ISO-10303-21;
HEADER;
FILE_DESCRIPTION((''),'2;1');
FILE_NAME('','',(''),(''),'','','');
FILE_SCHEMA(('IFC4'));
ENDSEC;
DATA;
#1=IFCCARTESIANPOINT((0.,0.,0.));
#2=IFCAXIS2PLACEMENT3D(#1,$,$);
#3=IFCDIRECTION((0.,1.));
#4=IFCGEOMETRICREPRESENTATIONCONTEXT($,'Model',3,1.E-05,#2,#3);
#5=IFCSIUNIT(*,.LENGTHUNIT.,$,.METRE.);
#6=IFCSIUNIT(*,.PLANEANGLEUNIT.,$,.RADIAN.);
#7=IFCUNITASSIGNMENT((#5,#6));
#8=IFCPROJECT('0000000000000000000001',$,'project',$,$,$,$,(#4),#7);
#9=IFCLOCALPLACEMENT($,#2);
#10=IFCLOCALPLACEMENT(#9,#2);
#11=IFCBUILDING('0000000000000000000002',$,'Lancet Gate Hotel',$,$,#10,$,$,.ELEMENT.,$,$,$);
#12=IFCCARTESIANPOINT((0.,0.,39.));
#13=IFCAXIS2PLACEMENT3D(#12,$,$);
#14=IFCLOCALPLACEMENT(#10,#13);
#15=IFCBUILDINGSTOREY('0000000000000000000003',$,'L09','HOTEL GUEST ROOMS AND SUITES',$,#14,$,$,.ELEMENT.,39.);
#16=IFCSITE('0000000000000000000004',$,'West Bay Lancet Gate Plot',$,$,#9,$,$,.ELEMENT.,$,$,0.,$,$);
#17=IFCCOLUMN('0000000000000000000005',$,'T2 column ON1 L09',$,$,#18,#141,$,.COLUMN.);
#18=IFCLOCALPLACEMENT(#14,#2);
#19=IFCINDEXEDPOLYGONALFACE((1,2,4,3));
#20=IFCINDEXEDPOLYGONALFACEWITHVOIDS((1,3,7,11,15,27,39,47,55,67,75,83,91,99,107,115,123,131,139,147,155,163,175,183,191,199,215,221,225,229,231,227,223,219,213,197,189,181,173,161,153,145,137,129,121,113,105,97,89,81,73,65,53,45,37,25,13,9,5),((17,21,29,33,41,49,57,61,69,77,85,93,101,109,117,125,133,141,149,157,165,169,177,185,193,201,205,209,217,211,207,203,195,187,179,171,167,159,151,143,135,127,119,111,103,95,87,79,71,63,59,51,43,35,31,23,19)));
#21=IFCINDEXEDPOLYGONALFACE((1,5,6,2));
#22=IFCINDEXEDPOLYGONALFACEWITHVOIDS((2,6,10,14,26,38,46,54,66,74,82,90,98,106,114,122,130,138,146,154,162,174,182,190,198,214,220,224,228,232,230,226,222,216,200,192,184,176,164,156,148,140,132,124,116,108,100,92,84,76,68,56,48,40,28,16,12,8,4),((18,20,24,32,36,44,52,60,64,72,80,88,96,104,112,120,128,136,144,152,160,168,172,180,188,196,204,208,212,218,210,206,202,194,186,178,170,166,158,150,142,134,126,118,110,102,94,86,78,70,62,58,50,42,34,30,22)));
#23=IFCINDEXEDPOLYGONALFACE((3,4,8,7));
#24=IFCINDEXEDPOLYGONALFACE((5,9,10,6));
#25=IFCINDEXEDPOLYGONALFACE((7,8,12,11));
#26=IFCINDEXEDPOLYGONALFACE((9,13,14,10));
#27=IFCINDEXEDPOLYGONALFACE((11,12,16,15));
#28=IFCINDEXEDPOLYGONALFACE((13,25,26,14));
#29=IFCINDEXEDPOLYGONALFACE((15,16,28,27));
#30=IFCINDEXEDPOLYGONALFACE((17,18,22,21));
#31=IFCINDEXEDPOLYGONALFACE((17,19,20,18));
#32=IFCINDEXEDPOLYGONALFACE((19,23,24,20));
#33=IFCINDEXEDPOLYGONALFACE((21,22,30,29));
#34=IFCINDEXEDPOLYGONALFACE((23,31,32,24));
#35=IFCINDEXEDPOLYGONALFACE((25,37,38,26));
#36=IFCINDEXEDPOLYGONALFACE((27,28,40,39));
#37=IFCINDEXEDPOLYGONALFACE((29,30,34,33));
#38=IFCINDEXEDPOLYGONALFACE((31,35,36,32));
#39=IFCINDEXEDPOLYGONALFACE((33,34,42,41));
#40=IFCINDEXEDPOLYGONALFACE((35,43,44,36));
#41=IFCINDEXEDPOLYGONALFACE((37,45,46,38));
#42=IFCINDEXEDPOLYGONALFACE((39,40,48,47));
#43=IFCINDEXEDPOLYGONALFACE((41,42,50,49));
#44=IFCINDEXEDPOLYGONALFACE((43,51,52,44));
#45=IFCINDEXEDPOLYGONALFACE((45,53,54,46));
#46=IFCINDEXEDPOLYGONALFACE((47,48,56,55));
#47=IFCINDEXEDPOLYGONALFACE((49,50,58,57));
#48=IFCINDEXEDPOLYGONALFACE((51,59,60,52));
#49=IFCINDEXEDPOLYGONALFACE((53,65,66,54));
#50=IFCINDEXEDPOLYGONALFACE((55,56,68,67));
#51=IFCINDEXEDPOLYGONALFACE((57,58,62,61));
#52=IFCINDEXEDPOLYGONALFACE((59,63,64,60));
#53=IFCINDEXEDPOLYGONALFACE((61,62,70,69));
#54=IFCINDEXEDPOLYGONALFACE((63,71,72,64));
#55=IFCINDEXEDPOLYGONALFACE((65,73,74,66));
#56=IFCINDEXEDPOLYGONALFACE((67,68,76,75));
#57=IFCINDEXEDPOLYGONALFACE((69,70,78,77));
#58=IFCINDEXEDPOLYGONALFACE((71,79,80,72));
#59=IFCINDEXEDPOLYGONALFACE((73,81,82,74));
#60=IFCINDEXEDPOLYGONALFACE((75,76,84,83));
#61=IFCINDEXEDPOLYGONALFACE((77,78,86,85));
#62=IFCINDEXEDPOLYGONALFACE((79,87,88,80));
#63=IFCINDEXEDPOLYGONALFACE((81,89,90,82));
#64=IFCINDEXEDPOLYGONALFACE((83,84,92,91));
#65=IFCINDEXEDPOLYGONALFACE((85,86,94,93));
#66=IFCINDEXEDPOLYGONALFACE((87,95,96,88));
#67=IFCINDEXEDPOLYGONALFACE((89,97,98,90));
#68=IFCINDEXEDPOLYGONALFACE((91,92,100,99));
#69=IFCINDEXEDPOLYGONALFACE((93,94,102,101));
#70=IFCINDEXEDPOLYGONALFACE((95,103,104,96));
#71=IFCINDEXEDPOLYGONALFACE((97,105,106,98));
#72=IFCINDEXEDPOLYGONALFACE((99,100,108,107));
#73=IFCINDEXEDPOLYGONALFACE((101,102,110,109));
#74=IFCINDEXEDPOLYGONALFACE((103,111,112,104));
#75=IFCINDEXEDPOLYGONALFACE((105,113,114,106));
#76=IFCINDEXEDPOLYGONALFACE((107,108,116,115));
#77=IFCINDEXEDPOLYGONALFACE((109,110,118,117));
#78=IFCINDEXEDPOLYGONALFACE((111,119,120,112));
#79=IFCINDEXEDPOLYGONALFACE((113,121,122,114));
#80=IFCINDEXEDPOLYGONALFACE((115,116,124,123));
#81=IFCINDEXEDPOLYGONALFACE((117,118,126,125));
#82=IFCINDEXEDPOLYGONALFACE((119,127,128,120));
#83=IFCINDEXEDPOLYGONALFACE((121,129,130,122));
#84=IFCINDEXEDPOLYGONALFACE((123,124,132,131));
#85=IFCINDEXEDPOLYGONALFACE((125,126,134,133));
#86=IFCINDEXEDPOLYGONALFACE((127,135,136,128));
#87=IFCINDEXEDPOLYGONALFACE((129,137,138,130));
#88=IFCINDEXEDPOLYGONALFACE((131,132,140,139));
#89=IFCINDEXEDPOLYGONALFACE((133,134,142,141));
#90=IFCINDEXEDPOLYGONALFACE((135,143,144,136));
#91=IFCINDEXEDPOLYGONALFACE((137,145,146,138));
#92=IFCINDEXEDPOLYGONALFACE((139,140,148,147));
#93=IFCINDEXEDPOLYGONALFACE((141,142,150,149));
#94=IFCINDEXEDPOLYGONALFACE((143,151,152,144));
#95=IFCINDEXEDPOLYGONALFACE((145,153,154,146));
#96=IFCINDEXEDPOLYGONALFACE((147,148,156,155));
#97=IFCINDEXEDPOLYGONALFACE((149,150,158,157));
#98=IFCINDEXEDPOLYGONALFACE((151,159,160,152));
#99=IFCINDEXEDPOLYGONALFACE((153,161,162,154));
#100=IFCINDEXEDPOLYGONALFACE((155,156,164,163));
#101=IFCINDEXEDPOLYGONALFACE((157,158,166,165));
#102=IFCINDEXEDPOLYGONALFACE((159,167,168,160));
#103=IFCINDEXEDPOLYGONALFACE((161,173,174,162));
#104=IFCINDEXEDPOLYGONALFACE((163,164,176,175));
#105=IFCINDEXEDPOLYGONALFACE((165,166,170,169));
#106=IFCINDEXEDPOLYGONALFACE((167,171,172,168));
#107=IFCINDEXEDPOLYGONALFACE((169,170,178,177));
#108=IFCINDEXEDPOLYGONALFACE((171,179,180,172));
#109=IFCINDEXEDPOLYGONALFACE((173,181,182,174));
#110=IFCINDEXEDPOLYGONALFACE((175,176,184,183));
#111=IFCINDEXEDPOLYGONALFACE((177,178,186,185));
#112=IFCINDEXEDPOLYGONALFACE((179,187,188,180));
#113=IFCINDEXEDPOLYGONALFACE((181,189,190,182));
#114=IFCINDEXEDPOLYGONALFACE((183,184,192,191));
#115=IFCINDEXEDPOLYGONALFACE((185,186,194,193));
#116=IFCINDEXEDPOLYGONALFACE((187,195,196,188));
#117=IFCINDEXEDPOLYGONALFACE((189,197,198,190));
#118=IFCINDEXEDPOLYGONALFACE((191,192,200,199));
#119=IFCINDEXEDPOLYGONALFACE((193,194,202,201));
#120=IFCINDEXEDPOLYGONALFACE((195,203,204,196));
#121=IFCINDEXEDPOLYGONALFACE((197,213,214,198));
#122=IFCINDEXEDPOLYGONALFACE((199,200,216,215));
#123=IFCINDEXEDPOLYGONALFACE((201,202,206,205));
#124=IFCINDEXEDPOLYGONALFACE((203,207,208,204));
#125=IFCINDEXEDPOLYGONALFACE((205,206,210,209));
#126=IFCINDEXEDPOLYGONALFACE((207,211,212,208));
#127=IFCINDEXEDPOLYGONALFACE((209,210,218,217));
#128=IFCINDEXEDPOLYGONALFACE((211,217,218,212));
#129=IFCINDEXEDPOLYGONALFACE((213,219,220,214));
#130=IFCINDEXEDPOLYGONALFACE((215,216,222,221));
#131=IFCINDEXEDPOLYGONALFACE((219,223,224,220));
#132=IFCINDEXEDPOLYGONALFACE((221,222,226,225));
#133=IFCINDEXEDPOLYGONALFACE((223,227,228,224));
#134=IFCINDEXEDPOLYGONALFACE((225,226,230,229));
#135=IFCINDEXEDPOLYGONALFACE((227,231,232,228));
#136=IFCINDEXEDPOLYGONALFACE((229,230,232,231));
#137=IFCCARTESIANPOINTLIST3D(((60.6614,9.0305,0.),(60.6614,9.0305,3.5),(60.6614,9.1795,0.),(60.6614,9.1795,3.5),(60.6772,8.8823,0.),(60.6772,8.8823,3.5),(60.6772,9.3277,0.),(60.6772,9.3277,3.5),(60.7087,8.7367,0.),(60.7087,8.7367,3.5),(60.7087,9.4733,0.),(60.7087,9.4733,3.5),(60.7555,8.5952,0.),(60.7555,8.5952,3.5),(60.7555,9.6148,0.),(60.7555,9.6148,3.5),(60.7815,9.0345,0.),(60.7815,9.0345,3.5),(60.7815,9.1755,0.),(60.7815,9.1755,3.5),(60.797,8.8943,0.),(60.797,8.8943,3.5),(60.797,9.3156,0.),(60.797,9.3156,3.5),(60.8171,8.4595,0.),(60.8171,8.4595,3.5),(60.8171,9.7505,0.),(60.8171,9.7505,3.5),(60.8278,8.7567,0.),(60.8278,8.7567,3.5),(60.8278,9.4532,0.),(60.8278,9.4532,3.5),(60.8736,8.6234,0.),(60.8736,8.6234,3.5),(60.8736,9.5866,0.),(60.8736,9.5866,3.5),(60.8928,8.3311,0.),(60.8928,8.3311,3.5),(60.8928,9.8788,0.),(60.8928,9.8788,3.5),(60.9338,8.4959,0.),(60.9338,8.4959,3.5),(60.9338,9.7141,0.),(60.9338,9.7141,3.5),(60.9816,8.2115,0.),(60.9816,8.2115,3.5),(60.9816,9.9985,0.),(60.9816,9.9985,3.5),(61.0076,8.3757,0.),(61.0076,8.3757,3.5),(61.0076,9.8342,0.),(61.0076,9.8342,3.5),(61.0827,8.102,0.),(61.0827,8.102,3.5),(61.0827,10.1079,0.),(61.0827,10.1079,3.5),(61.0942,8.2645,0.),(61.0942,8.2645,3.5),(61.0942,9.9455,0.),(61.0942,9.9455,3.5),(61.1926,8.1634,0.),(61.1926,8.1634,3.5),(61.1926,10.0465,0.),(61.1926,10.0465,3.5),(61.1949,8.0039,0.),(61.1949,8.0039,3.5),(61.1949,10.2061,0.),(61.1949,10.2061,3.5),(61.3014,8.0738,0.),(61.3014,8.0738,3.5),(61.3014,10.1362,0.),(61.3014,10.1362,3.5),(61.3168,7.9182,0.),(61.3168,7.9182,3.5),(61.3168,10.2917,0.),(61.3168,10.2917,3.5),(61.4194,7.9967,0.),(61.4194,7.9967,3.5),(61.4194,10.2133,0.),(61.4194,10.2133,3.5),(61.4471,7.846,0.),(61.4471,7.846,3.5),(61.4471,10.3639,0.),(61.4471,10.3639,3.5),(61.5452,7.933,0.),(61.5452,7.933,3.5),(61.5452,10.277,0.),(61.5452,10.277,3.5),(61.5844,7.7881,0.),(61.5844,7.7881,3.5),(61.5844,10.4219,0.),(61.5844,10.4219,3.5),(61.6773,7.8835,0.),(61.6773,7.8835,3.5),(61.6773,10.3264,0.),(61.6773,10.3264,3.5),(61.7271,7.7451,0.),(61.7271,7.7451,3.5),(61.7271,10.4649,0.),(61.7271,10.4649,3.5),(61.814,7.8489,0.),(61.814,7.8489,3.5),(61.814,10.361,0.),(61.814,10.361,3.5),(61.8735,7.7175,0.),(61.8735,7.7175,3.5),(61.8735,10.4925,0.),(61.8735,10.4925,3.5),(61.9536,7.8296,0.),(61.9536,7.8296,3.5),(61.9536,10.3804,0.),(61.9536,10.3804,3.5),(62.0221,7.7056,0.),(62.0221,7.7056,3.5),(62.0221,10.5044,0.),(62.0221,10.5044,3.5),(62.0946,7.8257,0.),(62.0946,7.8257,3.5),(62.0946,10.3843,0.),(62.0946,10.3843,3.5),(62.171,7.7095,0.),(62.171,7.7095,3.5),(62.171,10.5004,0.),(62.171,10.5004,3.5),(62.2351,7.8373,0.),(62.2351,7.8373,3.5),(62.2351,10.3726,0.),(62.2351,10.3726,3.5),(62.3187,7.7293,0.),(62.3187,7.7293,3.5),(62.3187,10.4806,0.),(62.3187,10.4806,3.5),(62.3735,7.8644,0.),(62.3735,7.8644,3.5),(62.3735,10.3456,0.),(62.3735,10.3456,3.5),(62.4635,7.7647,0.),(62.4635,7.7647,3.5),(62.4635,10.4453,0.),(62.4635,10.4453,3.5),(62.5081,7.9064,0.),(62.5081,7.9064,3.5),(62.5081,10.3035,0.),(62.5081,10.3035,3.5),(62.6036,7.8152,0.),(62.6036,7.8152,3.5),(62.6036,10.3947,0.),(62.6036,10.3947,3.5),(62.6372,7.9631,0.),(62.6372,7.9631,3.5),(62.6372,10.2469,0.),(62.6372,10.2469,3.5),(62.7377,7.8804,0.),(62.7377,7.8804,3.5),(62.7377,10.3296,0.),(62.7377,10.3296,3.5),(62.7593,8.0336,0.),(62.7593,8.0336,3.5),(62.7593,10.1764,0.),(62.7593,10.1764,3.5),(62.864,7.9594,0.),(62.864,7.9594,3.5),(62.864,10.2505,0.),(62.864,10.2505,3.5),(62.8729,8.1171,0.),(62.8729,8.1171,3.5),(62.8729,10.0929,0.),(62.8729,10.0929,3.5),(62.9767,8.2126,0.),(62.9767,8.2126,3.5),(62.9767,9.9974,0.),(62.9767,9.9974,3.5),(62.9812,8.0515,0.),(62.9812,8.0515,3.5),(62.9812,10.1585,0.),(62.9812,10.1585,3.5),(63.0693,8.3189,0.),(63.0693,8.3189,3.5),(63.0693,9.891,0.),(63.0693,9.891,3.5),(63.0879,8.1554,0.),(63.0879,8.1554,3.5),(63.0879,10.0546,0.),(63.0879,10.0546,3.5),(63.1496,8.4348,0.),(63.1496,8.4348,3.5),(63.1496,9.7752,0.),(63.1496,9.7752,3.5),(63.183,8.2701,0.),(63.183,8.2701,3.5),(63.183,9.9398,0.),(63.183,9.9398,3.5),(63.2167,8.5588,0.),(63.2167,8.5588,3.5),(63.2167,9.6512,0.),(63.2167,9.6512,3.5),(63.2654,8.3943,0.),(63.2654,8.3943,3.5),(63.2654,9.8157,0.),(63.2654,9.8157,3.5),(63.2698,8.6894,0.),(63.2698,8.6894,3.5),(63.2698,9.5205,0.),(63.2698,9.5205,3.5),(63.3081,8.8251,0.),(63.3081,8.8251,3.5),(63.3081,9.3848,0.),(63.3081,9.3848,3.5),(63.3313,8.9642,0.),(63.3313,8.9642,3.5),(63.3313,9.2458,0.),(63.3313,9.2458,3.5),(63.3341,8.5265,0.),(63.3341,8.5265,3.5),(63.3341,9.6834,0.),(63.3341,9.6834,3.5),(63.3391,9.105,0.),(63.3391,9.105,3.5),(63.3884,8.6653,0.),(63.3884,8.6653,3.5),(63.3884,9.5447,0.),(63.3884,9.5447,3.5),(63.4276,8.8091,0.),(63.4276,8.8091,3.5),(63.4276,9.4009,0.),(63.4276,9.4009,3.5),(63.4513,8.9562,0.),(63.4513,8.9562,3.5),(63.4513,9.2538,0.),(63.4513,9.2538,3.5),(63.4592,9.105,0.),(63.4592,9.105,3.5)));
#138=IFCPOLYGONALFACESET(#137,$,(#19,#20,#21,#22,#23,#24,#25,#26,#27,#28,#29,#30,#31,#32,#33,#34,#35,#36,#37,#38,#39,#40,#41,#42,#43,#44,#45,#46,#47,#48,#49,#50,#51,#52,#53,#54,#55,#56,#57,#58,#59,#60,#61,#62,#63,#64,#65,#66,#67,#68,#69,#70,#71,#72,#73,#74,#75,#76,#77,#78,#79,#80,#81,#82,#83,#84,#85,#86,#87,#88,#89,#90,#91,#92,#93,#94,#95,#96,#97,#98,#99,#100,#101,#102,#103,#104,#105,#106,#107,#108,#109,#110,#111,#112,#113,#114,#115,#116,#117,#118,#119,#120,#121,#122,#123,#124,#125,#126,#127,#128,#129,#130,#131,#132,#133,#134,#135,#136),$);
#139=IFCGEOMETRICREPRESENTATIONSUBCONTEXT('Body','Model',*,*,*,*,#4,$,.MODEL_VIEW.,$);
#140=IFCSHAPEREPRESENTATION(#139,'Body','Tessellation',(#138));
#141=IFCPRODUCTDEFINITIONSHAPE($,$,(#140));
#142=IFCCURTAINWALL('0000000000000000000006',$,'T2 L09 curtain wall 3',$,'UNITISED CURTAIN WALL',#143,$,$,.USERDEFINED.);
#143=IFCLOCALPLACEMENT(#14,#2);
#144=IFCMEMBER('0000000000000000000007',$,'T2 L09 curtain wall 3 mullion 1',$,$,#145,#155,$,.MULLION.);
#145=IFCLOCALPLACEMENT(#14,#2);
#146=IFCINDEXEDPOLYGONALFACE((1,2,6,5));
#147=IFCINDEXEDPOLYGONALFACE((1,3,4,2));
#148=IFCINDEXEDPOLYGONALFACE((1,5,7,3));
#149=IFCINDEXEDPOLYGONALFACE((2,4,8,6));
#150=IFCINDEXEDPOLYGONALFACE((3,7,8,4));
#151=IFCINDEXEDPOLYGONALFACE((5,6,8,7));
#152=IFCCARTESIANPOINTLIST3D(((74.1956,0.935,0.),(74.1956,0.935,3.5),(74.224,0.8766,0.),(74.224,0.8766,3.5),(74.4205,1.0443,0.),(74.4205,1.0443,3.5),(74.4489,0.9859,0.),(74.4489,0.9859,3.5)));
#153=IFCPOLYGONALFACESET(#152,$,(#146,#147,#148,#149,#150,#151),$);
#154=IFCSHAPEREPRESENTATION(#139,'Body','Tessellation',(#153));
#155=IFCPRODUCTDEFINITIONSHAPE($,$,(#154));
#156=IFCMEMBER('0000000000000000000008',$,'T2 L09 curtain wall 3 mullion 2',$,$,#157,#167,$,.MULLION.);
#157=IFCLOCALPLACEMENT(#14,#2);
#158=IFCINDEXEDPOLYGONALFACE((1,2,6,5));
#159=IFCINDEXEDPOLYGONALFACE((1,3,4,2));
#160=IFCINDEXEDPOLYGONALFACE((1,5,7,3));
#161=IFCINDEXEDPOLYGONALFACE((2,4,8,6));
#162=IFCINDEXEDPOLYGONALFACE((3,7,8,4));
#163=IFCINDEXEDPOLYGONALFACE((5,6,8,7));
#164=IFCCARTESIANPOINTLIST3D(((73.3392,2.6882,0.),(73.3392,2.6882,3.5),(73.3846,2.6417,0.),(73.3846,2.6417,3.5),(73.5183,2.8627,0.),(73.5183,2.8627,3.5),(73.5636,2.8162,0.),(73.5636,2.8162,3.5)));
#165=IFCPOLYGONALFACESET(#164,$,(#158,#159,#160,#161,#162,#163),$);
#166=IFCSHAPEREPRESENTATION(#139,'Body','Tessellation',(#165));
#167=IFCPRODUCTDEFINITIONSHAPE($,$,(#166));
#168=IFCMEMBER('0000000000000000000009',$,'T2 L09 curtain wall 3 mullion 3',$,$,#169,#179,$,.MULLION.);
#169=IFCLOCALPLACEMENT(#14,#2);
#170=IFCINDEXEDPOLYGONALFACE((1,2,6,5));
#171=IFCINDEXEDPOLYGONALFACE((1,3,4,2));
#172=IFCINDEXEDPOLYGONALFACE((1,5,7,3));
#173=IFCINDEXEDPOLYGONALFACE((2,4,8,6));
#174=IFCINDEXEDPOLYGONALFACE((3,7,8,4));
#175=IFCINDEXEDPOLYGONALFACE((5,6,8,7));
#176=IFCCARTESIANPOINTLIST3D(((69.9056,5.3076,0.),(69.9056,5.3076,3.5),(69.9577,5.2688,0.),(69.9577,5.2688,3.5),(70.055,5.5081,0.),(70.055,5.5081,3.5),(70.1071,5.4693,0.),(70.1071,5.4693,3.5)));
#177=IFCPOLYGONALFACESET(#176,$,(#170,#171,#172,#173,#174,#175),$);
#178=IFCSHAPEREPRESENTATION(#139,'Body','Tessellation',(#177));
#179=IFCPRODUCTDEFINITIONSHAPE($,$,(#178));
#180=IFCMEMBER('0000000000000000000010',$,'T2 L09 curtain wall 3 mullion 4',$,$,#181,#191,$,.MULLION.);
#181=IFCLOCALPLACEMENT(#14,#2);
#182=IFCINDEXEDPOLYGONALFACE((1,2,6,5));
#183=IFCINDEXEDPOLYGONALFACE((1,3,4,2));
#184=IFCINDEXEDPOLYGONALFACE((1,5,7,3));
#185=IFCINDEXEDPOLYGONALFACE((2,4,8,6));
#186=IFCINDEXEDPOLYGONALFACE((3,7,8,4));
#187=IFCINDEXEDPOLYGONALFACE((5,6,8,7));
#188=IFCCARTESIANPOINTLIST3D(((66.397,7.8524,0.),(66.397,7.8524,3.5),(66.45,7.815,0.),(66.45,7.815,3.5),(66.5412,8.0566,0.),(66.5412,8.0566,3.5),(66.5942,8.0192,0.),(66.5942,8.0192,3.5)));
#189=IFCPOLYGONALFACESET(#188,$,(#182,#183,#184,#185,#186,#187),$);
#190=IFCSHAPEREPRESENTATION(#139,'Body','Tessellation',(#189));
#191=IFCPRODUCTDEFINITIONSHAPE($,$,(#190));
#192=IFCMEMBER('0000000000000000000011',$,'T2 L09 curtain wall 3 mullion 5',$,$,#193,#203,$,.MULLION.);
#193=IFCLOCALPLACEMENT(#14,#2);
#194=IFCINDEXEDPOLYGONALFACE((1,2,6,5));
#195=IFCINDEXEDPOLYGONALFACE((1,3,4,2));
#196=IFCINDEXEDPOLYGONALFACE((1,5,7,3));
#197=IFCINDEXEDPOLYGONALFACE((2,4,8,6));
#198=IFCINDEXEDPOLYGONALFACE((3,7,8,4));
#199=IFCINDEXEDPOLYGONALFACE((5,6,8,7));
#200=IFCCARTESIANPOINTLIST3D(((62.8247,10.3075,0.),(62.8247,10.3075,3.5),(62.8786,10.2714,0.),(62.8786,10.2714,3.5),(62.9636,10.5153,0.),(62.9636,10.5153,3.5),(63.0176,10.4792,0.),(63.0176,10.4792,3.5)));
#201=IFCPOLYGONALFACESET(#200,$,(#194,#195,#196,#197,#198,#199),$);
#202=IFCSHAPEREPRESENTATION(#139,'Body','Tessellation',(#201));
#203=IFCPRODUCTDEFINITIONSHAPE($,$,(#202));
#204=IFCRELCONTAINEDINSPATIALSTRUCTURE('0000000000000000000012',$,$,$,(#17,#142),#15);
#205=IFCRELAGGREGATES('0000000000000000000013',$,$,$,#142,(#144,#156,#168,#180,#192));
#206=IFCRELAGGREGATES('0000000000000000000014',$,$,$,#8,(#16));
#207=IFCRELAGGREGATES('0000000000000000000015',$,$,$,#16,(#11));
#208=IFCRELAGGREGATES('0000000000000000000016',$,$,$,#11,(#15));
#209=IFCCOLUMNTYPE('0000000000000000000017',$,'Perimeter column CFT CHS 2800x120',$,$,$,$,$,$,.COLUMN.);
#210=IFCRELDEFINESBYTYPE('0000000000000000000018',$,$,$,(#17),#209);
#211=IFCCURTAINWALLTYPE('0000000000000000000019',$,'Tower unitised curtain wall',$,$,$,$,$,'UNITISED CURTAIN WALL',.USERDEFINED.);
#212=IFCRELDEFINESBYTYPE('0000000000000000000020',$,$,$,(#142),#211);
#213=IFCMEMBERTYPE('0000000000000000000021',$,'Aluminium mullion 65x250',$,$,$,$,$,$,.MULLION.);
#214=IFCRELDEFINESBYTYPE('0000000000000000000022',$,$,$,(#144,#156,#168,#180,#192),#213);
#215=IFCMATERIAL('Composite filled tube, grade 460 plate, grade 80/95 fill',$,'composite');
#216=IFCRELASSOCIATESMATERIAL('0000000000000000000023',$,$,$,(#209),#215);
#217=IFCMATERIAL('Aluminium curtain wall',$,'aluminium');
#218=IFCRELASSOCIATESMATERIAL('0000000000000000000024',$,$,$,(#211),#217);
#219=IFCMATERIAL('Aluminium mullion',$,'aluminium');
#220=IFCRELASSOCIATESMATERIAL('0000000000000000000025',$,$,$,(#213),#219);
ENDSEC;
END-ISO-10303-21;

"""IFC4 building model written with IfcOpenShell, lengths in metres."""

from ifc_helpers import new_model, si_unit, direction, frame, origin, origin_2d, place, context, subcontext, project, spatial, rectangle, hollow_circle, extrude, material, material_profile, profile_set, type_object, element, aggregate, save


model = new_model("IFC4")

# Units and contexts
model_context = context("Model", 3, precision=1e-05, world=origin(), true_north=direction((0.0, 1.0)))
body_context = subcontext(model_context, "Body", "Model", "MODEL_VIEW")
ifc_project = project(units=[si_unit("LENGTHUNIT", "METRE"), si_unit("PLANEANGLEUNIT", "RADIAN")], contexts=[model_context])

# Site, building, storey
site_placement = place(None, origin())
site = spatial("IfcSite", under=ifc_project, at=site_placement, Name="West Bay Lancet Gate Plot", CompositionType="ELEMENT", RefElevation=0.0)
building_placement = place(site_placement, origin())
building = spatial("IfcBuilding", under=site, at=building_placement, Name="Lancet Gate Hotel", CompositionType="ELEMENT")
storey_placement = place(building_placement, frame((0.0, 0.0, 39.0)))
storey = spatial("IfcBuildingStorey", under=building, at=storey_placement, Name="L09", Description="HOTEL GUEST ROOMS AND SUITES", CompositionType="ELEMENT", Elevation=39.0)

# Column
ifc_material_1 = material(Name="Composite filled tube, grade 460 plate, grade 80/95 fill", Category="composite")
ifc_material_profile_1 = material_profile(ifc_material_1, hollow_circle(Radius=1.3999, WallThickness=0.1201, at=origin_2d()), Name="CHS 2800x120")
ifc_profile_set_1 = profile_set([ifc_material_profile_1], Name="Composite filled tube, grade 460 plate, grade 80/95 fill")
column_type_1 = type_object("IfcColumnType", Name="Perimeter column CFT CHS 2800x120", PredefinedType="COLUMN", material=ifc_profile_set_1)
column_1_placement = place(storey_placement, frame((62.0593, 9.105, 0.0), z_axis=(0.0, 0.0, 1.0), x_axis=(1.0, 0.0, 0.0)))
element("IfcColumn", 1, at=column_1_placement, inside=storey, type_object=column_type_1, Name="T2 column ON1 L09", PredefinedType="COLUMN", context=body_context, shape_type="SweptSolid", body=[
    extrude(hollow_circle(Radius=1.3999, WallThickness=0.1201, at=origin_2d()), origin(), (0.0, 0.0, 1.0), 3.5),
])

# Curtain wall, members
ifc_material_2 = material(Name="Aluminium curtain wall", Category="aluminium")
curtain_wall_type = type_object("IfcCurtainWallType", Name="Tower unitised curtain wall", ElementType="UNITISED CURTAIN WALL", PredefinedType="USERDEFINED", material=ifc_material_2)
curtain_wall_placement = place(storey_placement, origin())
curtain_wall = element("IfcCurtainWall", 2, at=curtain_wall_placement, inside=storey, type_object=curtain_wall_type, Name="T2 L09 curtain wall 3", ObjectType="UNITISED CURTAIN WALL", PredefinedType="USERDEFINED")
ifc_material_3 = material(Name="Aluminium mullion", Category="aluminium")
ifc_material_profile_2 = material_profile(ifc_material_3, rectangle(XDim=0.0649, YDim=0.25, at=origin_2d()), Name="MULLION 65x250")
ifc_profile_set_2 = profile_set([ifc_material_profile_2], Name="Aluminium mullion")
member_type_1 = type_object("IfcMemberType", Name="Aluminium mullion 65x250", PredefinedType="MULLION", material=ifc_profile_set_2)
member_1_placement = place(storey_placement, frame((74.3223, 0.9604, 0.0), z_axis=(0.0, 0.0, 1.0), x_axis=(-0.437169, 0.899379, 0.0)))
member_1 = element("IfcMember", 3, at=member_1_placement, type_object=member_type_1, Name="T2 L09 curtain wall 3 mullion 1", PredefinedType="MULLION", context=body_context, shape_type="SweptSolid", body=[
    extrude(rectangle(XDim=0.0649, YDim=0.25, at=origin_2d()), origin(), (0.0, 0.0, 1.0), 3.5),
])
member_2_placement = place(storey_placement, frame((73.4514, 2.7522, 0.0), z_axis=(0.0, 0.0, 1.0), x_axis=(-0.697983, 0.716114, 0.0)))
member_2 = element("IfcMember", 4, at=member_2_placement, type_object=member_type_1, Name="T2 L09 curtain wall 3 mullion 2", PredefinedType="MULLION", context=body_context, shape_type="SweptSolid", body=[
    extrude(rectangle(XDim=0.0649, YDim=0.25, at=origin_2d()), origin(), (0.0, 0.0, 1.0), 3.5),
])
member_3_placement = place(storey_placement, frame((70.0063, 5.3884, 0.0), z_axis=(0.0, 0.0, 1.0), x_axis=(-0.80183, 0.597552, 0.0)))
member_3 = element("IfcMember", 5, at=member_3_placement, type_object=member_type_1, Name="T2 L09 curtain wall 3 mullion 3", PredefinedType="MULLION", context=body_context, shape_type="SweptSolid", body=[
    extrude(rectangle(XDim=0.0649, YDim=0.25, at=origin_2d()), origin(), (0.0, 0.0, 1.0), 3.5),
])
member_4_placement = place(storey_placement, frame((66.4956, 7.9358, 0.0), z_axis=(0.0, 0.0, 1.0), x_axis=(-0.816779, 0.576951, 0.0)))
member_4 = element("IfcMember", 6, at=member_4_placement, type_object=member_type_1, Name="T2 L09 curtain wall 3 mullion 4", PredefinedType="MULLION", context=body_context, shape_type="SweptSolid", body=[
    extrude(rectangle(XDim=0.0649, YDim=0.25, at=origin_2d()), origin(), (0.0, 0.0, 1.0), 3.5),
])
member_5_placement = place(storey_placement, frame((62.9211, 10.3933, 0.0), z_axis=(0.0, 0.0, 1.0), x_axis=(-0.831198, 0.555976, 0.0)))
member_5 = element("IfcMember", 7, at=member_5_placement, type_object=member_type_1, Name="T2 L09 curtain wall 3 mullion 5", PredefinedType="MULLION", context=body_context, shape_type="SweptSolid", body=[
    extrude(rectangle(XDim=0.0649, YDim=0.25, at=origin_2d()), origin(), (0.0, 0.0, 1.0), 3.5),
])

aggregate(curtain_wall, [member_1, member_2, member_3, member_4, member_5])

save(model, "model.ifc")
